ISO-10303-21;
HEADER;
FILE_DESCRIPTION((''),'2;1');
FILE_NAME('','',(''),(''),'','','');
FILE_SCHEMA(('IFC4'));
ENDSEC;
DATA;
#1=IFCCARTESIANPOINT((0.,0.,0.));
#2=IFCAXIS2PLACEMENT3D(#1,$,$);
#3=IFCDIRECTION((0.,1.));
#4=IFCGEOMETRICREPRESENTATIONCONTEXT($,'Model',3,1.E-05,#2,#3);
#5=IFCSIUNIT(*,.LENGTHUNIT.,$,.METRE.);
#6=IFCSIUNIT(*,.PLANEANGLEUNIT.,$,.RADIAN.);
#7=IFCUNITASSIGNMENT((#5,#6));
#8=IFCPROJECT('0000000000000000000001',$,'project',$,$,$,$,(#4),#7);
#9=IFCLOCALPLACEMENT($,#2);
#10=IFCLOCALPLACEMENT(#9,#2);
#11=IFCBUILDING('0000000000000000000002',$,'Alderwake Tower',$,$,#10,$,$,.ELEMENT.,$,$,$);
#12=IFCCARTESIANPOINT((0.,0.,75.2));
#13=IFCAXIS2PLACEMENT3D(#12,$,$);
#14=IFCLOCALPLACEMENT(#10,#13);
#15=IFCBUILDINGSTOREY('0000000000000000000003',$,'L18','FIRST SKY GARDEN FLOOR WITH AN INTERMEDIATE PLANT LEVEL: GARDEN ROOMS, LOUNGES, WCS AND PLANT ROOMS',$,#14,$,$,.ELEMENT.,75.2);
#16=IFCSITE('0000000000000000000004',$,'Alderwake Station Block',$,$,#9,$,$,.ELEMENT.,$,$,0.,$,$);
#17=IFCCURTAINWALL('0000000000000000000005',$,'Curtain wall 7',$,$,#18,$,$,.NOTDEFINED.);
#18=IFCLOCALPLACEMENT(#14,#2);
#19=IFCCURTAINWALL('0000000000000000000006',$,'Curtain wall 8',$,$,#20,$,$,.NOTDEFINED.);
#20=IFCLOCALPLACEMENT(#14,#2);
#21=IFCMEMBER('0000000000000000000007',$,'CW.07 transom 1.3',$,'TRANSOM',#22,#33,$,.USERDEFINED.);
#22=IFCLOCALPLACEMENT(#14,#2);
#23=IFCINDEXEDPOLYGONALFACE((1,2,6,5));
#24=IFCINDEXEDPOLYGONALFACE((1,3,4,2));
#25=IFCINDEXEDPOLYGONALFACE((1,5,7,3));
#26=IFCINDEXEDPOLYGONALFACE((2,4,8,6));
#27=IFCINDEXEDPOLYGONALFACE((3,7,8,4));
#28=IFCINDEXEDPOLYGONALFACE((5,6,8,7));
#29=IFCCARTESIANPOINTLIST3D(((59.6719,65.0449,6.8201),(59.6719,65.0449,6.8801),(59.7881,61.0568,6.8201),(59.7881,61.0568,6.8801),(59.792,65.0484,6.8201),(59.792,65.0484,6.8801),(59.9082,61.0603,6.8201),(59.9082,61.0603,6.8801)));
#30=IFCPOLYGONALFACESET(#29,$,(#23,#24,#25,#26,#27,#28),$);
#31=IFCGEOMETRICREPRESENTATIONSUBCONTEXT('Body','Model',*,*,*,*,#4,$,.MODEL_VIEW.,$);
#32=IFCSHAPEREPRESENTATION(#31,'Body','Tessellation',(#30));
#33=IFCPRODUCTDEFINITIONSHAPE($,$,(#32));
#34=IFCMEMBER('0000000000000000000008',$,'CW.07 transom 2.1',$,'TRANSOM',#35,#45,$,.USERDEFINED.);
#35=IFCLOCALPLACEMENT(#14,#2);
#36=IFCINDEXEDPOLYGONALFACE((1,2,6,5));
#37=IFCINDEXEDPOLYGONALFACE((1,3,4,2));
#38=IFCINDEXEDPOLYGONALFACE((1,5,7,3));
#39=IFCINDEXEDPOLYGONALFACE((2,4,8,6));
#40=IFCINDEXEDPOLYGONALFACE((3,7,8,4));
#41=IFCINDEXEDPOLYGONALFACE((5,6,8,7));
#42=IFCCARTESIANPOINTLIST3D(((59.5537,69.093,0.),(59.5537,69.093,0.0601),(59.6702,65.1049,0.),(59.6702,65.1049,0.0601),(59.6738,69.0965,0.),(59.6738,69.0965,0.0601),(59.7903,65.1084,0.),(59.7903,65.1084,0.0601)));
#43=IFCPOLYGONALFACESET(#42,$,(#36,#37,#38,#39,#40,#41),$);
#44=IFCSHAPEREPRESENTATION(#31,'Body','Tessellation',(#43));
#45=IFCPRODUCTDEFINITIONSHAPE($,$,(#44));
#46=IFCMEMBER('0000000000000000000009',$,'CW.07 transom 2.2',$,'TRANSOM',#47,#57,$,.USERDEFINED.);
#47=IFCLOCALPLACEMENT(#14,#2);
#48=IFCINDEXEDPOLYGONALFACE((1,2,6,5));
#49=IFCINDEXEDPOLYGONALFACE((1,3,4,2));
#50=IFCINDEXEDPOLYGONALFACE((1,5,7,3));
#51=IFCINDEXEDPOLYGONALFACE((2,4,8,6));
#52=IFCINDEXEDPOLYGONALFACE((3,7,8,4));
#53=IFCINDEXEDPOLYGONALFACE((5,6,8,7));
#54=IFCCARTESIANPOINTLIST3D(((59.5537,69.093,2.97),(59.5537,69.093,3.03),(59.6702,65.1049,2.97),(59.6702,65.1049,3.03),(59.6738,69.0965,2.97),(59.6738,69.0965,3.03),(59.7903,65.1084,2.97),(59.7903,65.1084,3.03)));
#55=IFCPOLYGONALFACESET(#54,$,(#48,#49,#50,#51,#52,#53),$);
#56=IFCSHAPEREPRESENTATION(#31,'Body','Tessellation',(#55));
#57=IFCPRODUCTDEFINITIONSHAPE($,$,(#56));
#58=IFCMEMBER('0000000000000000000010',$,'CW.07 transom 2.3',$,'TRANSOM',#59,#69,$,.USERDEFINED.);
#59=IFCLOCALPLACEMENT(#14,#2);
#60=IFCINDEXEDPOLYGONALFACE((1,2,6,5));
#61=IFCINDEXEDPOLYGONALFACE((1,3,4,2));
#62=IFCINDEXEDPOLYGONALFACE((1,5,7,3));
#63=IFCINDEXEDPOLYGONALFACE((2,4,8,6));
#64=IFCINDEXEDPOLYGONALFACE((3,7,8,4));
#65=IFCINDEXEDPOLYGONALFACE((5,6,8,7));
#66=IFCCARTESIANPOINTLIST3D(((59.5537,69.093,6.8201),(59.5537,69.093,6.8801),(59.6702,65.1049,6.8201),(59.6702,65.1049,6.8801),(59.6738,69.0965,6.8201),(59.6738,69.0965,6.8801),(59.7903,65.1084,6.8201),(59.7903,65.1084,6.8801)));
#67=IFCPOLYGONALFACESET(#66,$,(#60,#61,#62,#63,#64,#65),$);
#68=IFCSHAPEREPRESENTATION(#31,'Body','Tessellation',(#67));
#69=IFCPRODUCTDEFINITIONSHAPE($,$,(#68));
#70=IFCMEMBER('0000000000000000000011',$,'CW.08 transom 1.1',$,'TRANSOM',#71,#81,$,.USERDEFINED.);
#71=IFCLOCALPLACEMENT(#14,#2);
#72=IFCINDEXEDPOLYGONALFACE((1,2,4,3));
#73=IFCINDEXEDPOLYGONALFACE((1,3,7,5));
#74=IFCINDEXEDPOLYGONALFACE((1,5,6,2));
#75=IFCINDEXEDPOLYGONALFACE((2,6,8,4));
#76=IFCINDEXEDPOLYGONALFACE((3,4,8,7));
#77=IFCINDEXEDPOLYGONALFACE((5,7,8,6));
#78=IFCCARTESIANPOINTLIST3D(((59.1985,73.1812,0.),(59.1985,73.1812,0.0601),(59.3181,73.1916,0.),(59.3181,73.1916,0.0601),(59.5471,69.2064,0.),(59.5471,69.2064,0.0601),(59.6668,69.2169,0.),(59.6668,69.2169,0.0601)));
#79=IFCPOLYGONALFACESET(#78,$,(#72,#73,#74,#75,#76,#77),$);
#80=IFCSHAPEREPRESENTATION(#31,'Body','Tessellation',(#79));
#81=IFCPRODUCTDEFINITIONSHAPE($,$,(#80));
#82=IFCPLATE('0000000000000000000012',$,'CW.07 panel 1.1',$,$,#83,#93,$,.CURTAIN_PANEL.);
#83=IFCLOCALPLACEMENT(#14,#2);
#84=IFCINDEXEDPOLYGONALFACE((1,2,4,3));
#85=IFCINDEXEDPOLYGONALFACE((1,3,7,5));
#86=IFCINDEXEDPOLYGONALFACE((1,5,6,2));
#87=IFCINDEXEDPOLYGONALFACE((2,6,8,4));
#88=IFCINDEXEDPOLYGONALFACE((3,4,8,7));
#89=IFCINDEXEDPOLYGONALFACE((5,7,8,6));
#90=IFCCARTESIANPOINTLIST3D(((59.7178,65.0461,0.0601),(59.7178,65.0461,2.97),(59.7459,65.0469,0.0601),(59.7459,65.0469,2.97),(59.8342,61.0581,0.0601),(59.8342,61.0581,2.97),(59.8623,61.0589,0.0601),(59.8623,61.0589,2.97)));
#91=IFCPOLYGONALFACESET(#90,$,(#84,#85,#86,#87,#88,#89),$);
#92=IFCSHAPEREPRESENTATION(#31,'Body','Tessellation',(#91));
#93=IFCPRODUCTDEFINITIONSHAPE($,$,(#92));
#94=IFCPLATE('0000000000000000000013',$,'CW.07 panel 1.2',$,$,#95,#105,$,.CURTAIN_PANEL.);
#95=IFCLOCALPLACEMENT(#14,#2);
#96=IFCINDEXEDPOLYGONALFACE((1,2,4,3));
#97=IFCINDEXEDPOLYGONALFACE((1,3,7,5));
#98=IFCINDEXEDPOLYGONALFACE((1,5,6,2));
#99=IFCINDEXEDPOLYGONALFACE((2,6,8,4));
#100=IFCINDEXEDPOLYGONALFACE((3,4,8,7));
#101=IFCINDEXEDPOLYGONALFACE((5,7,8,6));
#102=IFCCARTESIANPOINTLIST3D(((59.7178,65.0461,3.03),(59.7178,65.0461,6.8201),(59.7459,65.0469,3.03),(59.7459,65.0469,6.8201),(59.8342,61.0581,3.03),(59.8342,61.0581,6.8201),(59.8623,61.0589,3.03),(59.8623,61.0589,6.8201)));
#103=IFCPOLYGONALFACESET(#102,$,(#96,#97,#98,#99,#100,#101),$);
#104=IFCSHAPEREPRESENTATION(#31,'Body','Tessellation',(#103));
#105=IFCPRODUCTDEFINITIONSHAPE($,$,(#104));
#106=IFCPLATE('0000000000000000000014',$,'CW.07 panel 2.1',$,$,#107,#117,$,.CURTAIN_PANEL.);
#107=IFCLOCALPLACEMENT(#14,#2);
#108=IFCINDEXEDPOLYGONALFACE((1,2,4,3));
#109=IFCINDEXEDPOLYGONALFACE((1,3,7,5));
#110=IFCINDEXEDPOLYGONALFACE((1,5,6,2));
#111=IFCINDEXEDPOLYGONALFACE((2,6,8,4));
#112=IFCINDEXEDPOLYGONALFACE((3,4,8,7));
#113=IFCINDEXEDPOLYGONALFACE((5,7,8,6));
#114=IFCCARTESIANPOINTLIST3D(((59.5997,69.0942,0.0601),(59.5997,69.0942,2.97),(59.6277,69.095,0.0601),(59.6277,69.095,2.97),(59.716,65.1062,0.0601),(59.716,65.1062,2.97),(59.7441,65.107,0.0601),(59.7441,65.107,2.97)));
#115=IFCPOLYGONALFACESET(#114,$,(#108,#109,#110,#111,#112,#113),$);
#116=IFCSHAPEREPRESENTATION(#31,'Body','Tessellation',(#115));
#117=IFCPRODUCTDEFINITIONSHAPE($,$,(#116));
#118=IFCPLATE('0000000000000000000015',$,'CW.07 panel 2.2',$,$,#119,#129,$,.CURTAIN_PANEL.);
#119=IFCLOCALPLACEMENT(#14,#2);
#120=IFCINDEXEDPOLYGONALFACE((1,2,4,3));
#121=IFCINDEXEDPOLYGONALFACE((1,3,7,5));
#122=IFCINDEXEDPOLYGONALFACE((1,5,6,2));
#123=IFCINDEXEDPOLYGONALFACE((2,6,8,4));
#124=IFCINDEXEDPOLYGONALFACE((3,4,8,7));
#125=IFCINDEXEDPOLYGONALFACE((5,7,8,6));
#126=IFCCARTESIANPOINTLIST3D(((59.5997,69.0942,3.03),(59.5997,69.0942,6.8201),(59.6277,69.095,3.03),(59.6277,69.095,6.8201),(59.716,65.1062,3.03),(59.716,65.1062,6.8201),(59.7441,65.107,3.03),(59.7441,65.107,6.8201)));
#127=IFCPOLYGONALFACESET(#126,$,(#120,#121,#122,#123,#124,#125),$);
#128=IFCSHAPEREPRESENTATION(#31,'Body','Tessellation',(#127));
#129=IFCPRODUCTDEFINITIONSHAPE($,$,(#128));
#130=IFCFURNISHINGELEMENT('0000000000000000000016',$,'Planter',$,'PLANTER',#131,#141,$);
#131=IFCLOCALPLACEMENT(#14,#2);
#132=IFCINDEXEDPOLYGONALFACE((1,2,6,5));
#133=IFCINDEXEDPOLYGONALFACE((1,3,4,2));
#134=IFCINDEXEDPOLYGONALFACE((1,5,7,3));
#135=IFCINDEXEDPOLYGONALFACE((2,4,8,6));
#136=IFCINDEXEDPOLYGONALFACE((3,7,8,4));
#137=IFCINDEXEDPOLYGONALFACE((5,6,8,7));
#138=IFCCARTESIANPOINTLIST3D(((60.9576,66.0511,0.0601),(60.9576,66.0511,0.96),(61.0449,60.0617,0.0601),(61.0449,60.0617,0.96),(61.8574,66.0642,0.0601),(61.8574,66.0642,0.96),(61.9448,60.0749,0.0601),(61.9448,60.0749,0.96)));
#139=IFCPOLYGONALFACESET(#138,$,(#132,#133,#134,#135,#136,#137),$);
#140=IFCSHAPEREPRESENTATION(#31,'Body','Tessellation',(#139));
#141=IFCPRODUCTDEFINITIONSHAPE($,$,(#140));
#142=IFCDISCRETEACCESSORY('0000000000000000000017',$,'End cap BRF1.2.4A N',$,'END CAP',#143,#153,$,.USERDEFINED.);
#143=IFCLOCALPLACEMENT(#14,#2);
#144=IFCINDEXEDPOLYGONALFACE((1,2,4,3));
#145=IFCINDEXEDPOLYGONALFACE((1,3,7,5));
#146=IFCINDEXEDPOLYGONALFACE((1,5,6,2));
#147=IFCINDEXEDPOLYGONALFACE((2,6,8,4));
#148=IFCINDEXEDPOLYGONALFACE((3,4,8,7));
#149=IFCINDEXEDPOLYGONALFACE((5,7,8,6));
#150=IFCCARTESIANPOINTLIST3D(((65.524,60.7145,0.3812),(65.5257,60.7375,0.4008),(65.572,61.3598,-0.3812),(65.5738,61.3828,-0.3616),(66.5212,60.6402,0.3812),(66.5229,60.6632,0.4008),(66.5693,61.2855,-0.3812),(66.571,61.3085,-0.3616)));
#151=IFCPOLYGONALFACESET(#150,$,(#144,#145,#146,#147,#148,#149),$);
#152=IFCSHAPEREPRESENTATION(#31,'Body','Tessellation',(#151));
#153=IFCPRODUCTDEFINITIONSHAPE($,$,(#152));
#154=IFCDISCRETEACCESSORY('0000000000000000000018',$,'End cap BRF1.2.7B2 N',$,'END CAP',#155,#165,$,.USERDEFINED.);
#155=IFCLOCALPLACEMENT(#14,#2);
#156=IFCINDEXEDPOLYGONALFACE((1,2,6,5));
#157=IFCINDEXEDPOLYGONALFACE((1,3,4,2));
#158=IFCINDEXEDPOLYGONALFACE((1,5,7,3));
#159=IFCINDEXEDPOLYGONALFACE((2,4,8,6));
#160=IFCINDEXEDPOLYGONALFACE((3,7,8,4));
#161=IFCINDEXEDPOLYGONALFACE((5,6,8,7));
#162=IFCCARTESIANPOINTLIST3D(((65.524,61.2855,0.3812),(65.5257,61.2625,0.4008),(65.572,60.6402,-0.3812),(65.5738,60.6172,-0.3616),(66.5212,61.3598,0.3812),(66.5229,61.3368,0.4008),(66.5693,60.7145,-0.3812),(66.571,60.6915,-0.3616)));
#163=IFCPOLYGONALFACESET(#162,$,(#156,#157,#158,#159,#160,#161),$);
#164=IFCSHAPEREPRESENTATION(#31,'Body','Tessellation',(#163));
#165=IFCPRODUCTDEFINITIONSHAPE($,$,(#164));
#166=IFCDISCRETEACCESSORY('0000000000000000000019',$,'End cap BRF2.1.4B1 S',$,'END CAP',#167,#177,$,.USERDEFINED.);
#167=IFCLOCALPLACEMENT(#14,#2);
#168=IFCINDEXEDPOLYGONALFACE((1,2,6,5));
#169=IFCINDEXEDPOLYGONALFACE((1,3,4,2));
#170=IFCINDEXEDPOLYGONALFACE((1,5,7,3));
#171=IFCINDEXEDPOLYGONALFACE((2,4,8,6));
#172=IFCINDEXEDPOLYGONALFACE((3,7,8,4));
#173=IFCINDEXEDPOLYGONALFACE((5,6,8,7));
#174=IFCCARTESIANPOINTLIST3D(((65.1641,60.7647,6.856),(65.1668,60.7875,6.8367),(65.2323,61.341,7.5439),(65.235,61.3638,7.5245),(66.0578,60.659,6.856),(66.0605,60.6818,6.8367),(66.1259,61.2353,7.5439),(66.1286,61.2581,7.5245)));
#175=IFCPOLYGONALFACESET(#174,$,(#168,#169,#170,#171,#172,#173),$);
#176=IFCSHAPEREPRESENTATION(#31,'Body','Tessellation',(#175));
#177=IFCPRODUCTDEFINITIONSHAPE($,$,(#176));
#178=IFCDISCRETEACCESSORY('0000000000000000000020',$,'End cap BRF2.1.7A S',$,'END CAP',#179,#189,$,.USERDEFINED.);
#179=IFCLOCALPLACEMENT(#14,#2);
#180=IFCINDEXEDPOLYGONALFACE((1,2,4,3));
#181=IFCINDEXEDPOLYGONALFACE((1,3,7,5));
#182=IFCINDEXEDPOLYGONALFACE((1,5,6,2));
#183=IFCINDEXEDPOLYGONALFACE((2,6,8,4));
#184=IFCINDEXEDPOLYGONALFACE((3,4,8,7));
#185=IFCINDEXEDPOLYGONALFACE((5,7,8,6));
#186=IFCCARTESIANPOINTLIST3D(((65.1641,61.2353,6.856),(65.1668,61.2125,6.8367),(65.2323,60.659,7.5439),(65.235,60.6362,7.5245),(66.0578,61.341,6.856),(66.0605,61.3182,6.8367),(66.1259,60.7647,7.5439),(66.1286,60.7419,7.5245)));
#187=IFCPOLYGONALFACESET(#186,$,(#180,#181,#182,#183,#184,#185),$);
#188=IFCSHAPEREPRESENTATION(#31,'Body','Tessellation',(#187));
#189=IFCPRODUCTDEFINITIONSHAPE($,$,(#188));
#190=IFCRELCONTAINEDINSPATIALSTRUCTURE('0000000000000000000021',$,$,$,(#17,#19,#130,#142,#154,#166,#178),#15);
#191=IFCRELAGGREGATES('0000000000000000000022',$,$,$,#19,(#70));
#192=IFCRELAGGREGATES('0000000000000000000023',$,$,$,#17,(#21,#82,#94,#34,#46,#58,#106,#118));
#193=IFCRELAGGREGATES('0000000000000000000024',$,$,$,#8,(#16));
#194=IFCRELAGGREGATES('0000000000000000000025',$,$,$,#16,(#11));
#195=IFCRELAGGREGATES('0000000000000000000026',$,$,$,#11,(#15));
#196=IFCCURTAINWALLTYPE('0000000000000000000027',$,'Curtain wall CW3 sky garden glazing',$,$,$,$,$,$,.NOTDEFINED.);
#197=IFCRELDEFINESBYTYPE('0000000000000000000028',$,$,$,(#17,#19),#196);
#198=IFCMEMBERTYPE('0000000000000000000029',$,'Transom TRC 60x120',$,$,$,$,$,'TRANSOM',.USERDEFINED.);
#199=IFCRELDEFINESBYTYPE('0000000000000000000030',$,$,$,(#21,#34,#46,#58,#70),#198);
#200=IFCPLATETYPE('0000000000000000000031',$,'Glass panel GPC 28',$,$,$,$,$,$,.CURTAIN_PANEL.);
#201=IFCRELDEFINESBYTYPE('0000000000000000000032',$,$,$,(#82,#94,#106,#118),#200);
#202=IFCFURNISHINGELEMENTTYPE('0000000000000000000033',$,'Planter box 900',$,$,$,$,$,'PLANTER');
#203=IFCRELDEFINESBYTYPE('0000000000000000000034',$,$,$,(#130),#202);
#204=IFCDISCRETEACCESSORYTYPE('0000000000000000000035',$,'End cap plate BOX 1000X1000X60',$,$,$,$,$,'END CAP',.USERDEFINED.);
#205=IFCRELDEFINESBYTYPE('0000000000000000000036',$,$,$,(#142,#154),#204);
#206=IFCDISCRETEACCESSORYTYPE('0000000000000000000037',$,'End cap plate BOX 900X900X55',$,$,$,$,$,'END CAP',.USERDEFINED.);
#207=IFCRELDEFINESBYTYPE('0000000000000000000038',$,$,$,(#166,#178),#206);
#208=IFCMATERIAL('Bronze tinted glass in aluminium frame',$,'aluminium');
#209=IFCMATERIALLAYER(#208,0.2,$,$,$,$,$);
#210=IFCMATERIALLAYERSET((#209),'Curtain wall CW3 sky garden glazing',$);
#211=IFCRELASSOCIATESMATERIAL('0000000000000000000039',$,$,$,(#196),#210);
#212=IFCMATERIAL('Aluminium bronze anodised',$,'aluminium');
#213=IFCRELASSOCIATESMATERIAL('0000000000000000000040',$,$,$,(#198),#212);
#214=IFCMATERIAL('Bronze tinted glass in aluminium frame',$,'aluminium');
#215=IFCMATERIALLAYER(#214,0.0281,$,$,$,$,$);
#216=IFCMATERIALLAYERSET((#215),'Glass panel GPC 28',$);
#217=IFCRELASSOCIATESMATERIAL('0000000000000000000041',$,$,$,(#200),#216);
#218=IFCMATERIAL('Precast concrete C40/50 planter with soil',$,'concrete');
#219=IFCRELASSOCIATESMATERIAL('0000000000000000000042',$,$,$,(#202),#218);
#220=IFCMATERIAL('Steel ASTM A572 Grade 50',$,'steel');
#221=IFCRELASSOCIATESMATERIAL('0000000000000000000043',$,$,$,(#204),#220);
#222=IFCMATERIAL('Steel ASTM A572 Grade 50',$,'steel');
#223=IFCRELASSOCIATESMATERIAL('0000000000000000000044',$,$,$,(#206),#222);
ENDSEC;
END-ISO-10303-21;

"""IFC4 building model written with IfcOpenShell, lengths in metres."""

from ifc_helpers import new_model, si_unit, direction, frame, origin, origin_2d, place, context, subcontext, project, spatial, rectangle, extrude, material, layer, layer_set, material_profile, profile_set, type_object, element, aggregate, save


model = new_model("IFC4")

# Units and contexts
model_context = context("Model", 3, precision=1e-05, world=origin(), true_north=direction((0.0, 1.0)))
body_context = subcontext(model_context, "Body", "Model", "MODEL_VIEW")
ifc_project = project(units=[si_unit("LENGTHUNIT", "METRE"), si_unit("PLANEANGLEUNIT", "RADIAN")], contexts=[model_context])

# Site, building, storey
site_placement = place(None, origin())
site = spatial("IfcSite", under=ifc_project, at=site_placement, Name="Alderwake Station Block", CompositionType="ELEMENT", RefElevation=0.0)
building_placement = place(site_placement, origin())
building = spatial("IfcBuilding", under=site, at=building_placement, Name="Alderwake Tower", CompositionType="ELEMENT")
storey_placement = place(building_placement, frame((0.0, 0.0, 75.2)))
storey = spatial("IfcBuildingStorey", under=building, at=storey_placement, Name="L18", Description="FIRST SKY GARDEN FLOOR WITH AN INTERMEDIATE PLANT LEVEL: GARDEN ROOMS, LOUNGES, WCS AND PLANT ROOMS", CompositionType="ELEMENT", Elevation=75.2)

# Shared definitions
ifc_material_1 = material(Name="Bronze tinted glass in aluminium frame", Category="aluminium")
ifc_layer_1 = layer(ifc_material_1, 0.2)
ifc_layer_set_1 = layer_set([ifc_layer_1], Name="Curtain wall CW3 sky garden glazing")
curtain_wall_type = type_object("IfcCurtainWallType", Name="Curtain wall CW3 sky garden glazing", PredefinedType="NOTDEFINED", material=ifc_layer_set_1)

# Curtain wall
curtain_wall_1_placement = place(storey_placement, origin())
curtain_wall_1 = element("IfcCurtainWall", 1, at=curtain_wall_1_placement, inside=storey, type_object=curtain_wall_type, Name="Curtain wall 7", PredefinedType="NOTDEFINED")

# Curtain wall
curtain_wall_2_placement = place(storey_placement, origin())
curtain_wall_2 = element("IfcCurtainWall", 2, at=curtain_wall_2_placement, inside=storey, type_object=curtain_wall_type, Name="Curtain wall 8", PredefinedType="NOTDEFINED")

# Members
ifc_material_2 = material(Name="Aluminium bronze anodised", Category="aluminium")
ifc_material_profile_1 = material_profile(ifc_material_2, rectangle(XDim=0.1201, YDim=0.0601, at=origin_2d()), Name="Transom TRC 60x120")
ifc_profile_set_1 = profile_set([ifc_material_profile_1], Name="Aluminium bronze anodised")
member_type_1 = type_object("IfcMemberType", Name="Transom TRC 60x120", ElementType="TRANSOM", PredefinedType="USERDEFINED", material=ifc_profile_set_1)
member_1_placement = place(storey_placement, frame((59.8481, 61.0586, 6.8501), z_axis=(-0.029128, 0.999576, 0.0), x_axis=(-0.999576, -0.029128, 0.0)))
member_1 = element("IfcMember", 3, at=member_1_placement, type_object=member_type_1, Name="CW.07 transom 1.3", ObjectType="TRANSOM", PredefinedType="USERDEFINED", context=body_context, shape_type="SweptSolid", body=[
    extrude(rectangle(XDim=0.1201, YDim=0.0601, at=origin_2d()), origin(), (0.0, 0.0, 1.0), 3.9897),
])
member_2_placement = place(storey_placement, frame((59.7302, 65.1067, 0.03), z_axis=(-0.029189, 0.999574, 0.0), x_axis=(-0.999574, -0.029189, 0.0)))
member_2 = element("IfcMember", 4, at=member_2_placement, type_object=member_type_1, Name="CW.07 transom 2.1", ObjectType="TRANSOM", PredefinedType="USERDEFINED", context=body_context, shape_type="SweptSolid", body=[
    extrude(rectangle(XDim=0.1201, YDim=0.0601, at=origin_2d()), origin(), (0.0, 0.0, 1.0), 3.9897),
])
member_3_placement = place(storey_placement, frame((59.7302, 65.1067, 3.0), z_axis=(-0.029189, 0.999574, 0.0), x_axis=(-0.999574, -0.029189, 0.0)))
member_3 = element("IfcMember", 5, at=member_3_placement, type_object=member_type_1, Name="CW.07 transom 2.2", ObjectType="TRANSOM", PredefinedType="USERDEFINED", context=body_context, shape_type="SweptSolid", body=[
    extrude(rectangle(XDim=0.1201, YDim=0.0601, at=origin_2d()), origin(), (0.0, 0.0, 1.0), 3.9897),
])
member_4_placement = place(storey_placement, frame((59.7302, 65.1067, 6.8501), z_axis=(-0.029189, 0.999574, 0.0), x_axis=(-0.999574, -0.029189, 0.0)))
member_4 = element("IfcMember", 6, at=member_4_placement, type_object=member_type_1, Name="CW.07 transom 2.3", ObjectType="TRANSOM", PredefinedType="USERDEFINED", context=body_context, shape_type="SweptSolid", body=[
    extrude(rectangle(XDim=0.1201, YDim=0.0601, at=origin_2d()), origin(), (0.0, 0.0, 1.0), 3.9897),
])
member_5_placement = place(storey_placement, frame((59.6069, 69.2117, 0.03), z_axis=(-0.087379, 0.996175, 0.0), x_axis=(-0.996175, -0.087379, 0.0)))
member_5 = element("IfcMember", 7, at=member_5_placement, type_object=member_type_1, Name="CW.08 transom 1.1", ObjectType="TRANSOM", PredefinedType="USERDEFINED", context=body_context, shape_type="SweptSolid", body=[
    extrude(rectangle(XDim=0.1201, YDim=0.0601, at=origin_2d()), origin(), (0.0, 0.0, 1.0), 3.99),
])
aggregate(curtain_wall_2, [member_5])

# Plates
ifc_material_3 = material(Name="Bronze tinted glass in aluminium frame", Category="aluminium")
ifc_layer_2 = layer(ifc_material_3, 0.0281)
ifc_layer_set_2 = layer_set([ifc_layer_2], Name="Glass panel GPC 28")
plate_type = type_object("IfcPlateType", Name="Glass panel GPC 28", PredefinedType="CURTAIN_PANEL", material=ifc_layer_set_2)
plate_1_placement = place(storey_placement, frame((59.79, 63.0525, 0.0601), z_axis=(0.0, 0.0, 1.0), x_axis=(-0.029168, 0.999575, 0.0)))
plate_1 = element("IfcPlate", 8, at=plate_1_placement, type_object=plate_type, Name="CW.07 panel 1.1", PredefinedType="CURTAIN_PANEL", context=body_context, shape_type="SweptSolid", body=[
    extrude(rectangle(XDim=3.9897, YDim=0.0281, at=origin_2d()), origin(), (0.0, 0.0, 1.0), 2.9099),
])
plate_2_placement = place(storey_placement, frame((59.79, 63.0525, 3.03), z_axis=(0.0, 0.0, 1.0), x_axis=(-0.029168, 0.999575, 0.0)))
plate_2 = element("IfcPlate", 9, at=plate_2_placement, type_object=plate_type, Name="CW.07 panel 1.2", PredefinedType="CURTAIN_PANEL", context=body_context, shape_type="SweptSolid", body=[
    extrude(rectangle(XDim=3.9897, YDim=0.0281, at=origin_2d()), origin(), (0.0, 0.0, 1.0), 3.79),
])
plate_3_placement = place(storey_placement, frame((59.6719, 67.1006, 0.0601), z_axis=(0.0, 0.0, 1.0), x_axis=(-0.029168, 0.999575, 0.0)))
plate_3 = element("IfcPlate", 10, at=plate_3_placement, type_object=plate_type, Name="CW.07 panel 2.1", PredefinedType="CURTAIN_PANEL", context=body_context, shape_type="SweptSolid", body=[
    extrude(rectangle(XDim=3.9897, YDim=0.0281, at=origin_2d()), origin(), (0.0, 0.0, 1.0), 2.9099),
])
plate_4_placement = place(storey_placement, frame((59.6719, 67.1006, 3.03), z_axis=(0.0, 0.0, 1.0), x_axis=(-0.029168, 0.999575, 0.0)))
plate_4 = element("IfcPlate", 11, at=plate_4_placement, type_object=plate_type, Name="CW.07 panel 2.2", PredefinedType="CURTAIN_PANEL", context=body_context, shape_type="SweptSolid", body=[
    extrude(rectangle(XDim=3.9897, YDim=0.0281, at=origin_2d()), origin(), (0.0, 0.0, 1.0), 3.79),
])
aggregate(curtain_wall_1, [member_1, plate_1, plate_2, member_2, member_3, member_4, plate_3, plate_4])

# Furnishing element
ifc_material_4 = material(Name="Precast concrete C40/50 planter with soil", Category="concrete")
furnishing_element_type = type_object("IfcFurnishingElementType", Name="Planter box 900", ElementType="PLANTER", material=ifc_material_4)
furnishing_placement = place(storey_placement, frame((61.4512, 63.063, 0.0601), z_axis=(0.0, 0.0, 1.0), x_axis=(0.999894, 0.014583, 0.0)))
element("IfcFurnishingElement", 12, at=furnishing_placement, inside=storey, type_object=furnishing_element_type, Name="Planter", ObjectType="PLANTER", context=body_context, shape_type="SweptSolid", body=[
    extrude(rectangle(XDim=0.8999, YDim=5.99, at=origin_2d()), origin(), (0.0, 0.0, 1.0), 0.8999),
])

# Discrete accessories
ifc_material_5 = material(Name="Steel ASTM A572 Grade 50", Category="steel")
ifc_material_profile_2 = material_profile(ifc_material_5, rectangle(XDim=1.0, YDim=1.0, at=origin_2d()), Name="BOX 1000X1000X60 cap")
ifc_profile_set_2 = profile_set([ifc_material_profile_2], Name="Steel ASTM A572 Grade 50")
discrete_accessory_type_1 = type_object("IfcDiscreteAccessoryType", Name="End cap plate BOX 1000X1000X60", ElementType="END CAP", PredefinedType="USERDEFINED", material=ifc_profile_set_2)
for number, where, z_axis, x_axis, name in (
    (13, (66.0466, 61.0, 0.0), (0.056619, 0.760318, 0.647079), (-0.997239, 0.074262, 0.0), "End cap BRF1.2.4A N"),
    (14, (66.0466, 61.0, 0.0), (0.056619, -0.760318, 0.647079), (0.997239, 0.074262, 0.0), "End cap BRF1.2.7B2 N"),
):
    element("IfcDiscreteAccessory", number, at=place(storey_placement, frame(where, z_axis=z_axis, x_axis=x_axis)), inside=storey, type_object=discrete_accessory_type_1, Name=name, ObjectType="END CAP", PredefinedType="USERDEFINED", context=body_context, shape_type="SweptSolid", body=[
        extrude(rectangle(XDim=1.0, YDim=1.0, at=origin_2d()), origin(), (0.0, 0.0, 1.0), 0.0303),
    ])
ifc_material_6 = material(Name="Steel ASTM A572 Grade 50", Category="steel")
ifc_material_profile_3 = material_profile(ifc_material_6, rectangle(XDim=0.8999, YDim=0.8999, at=origin_2d()), Name="BOX 900X900X55 cap")
ifc_profile_set_3 = profile_set([ifc_material_profile_3], Name="Steel ASTM A572 Grade 50")
discrete_accessory_type_2 = type_object("IfcDiscreteAccessoryType", Name="End cap plate BOX 900X900X55", ElementType="END CAP", PredefinedType="USERDEFINED", material=ifc_profile_set_3)
for number, where, z_axis, x_axis, name in (
    (15, (65.645, 61.0, 7.2), (0.089782, 0.759064, -0.644796), (-0.993078, 0.117461, 0.0), "End cap BRF2.1.4B1 S"),
    (16, (65.645, 61.0, 7.2), (0.089782, -0.759064, -0.644796), (0.993078, 0.117461, 0.0), "End cap BRF2.1.7A S"),
):
    element("IfcDiscreteAccessory", number, at=place(storey_placement, frame(where, z_axis=z_axis, x_axis=x_axis)), inside=storey, type_object=discrete_accessory_type_2, Name=name, ObjectType="END CAP", PredefinedType="USERDEFINED", context=body_context, shape_type="SweptSolid", body=[
        extrude(rectangle(XDim=0.8999, YDim=0.8999, at=origin_2d()), origin(), (0.0, 0.0, 1.0), 0.03),
    ])

save(model, "model.ifc")
